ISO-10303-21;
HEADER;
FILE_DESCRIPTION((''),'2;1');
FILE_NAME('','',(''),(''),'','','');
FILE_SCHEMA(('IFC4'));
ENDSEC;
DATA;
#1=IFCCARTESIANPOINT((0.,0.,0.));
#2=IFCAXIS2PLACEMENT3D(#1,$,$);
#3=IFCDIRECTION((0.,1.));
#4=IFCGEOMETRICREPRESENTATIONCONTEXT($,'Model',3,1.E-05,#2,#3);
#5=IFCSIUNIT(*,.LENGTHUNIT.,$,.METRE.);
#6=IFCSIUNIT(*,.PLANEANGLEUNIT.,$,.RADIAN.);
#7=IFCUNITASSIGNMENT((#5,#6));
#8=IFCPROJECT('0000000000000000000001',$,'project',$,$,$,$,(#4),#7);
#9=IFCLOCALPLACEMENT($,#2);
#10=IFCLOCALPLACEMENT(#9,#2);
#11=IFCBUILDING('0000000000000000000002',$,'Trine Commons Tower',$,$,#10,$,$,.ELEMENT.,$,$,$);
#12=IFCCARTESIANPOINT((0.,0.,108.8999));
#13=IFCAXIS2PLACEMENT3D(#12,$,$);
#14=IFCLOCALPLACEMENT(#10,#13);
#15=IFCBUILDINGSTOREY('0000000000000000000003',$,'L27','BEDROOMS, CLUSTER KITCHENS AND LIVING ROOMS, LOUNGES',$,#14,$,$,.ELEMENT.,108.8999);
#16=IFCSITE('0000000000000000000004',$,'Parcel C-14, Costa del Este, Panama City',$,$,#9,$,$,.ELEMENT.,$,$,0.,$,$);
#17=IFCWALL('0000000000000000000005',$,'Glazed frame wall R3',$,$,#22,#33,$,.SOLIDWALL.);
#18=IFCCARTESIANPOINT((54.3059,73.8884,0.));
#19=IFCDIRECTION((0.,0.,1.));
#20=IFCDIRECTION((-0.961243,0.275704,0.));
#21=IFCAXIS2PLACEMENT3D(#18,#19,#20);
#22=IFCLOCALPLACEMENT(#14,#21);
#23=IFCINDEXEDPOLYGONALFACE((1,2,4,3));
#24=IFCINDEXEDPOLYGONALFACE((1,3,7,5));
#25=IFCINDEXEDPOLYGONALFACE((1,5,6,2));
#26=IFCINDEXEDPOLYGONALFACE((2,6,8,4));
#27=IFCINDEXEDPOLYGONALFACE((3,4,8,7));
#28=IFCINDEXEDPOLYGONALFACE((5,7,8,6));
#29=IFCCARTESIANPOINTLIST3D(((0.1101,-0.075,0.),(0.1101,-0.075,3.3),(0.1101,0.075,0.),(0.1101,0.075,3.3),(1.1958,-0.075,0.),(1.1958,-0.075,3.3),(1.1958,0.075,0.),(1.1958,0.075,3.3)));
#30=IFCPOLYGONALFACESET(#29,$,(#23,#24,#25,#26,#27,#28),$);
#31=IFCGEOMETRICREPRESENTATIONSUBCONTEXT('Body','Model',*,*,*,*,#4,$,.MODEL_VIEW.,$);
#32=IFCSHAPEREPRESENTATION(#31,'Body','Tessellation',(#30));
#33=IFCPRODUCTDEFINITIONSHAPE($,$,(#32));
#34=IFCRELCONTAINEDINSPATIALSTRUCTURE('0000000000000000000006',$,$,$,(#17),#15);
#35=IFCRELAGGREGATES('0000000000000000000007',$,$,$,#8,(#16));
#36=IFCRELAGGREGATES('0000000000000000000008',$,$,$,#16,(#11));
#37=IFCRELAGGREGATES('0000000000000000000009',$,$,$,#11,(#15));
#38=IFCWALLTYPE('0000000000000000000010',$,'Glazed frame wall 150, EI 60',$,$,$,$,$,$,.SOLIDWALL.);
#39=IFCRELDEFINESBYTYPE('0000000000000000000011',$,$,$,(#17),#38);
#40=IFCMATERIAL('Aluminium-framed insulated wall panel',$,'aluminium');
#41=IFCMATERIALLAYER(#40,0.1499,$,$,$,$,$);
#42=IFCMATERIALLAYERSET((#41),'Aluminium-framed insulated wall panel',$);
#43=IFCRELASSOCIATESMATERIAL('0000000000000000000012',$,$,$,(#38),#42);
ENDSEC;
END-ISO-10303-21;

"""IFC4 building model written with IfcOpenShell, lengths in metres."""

from ifc_helpers import new_model, si_unit, direction, frame, origin, place, context, subcontext, project, spatial, polyline, outline, extrude, material, layer, layer_set, type_object, element, save


model = new_model("IFC4")

# Units and contexts
model_context = context("Model", 3, precision=1e-05, world=origin(), true_north=direction((0.0, 1.0)))
body_context = subcontext(model_context, "Body", "Model", "MODEL_VIEW")
ifc_project = project(units=[si_unit("LENGTHUNIT", "METRE"), si_unit("PLANEANGLEUNIT", "RADIAN")], contexts=[model_context])

# Site, building, storey
site_placement = place(None, origin())
site = spatial("IfcSite", under=ifc_project, at=site_placement, Name="Parcel C-14, Costa del Este, Panama City", CompositionType="ELEMENT", RefElevation=0.0)
building_placement = place(site_placement, origin())
building = spatial("IfcBuilding", under=site, at=building_placement, Name="Trine Commons Tower", CompositionType="ELEMENT")
storey_placement = place(building_placement, frame((0.0, 0.0, 108.8999)))
storey = spatial("IfcBuildingStorey", under=building, at=storey_placement, Name="L27", Description="BEDROOMS, CLUSTER KITCHENS AND LIVING ROOMS, LOUNGES", CompositionType="ELEMENT", Elevation=108.8999)

# Shared definitions
ifc_material_1 = material(Name="Aluminium-framed insulated wall panel", Category="aluminium")
ifc_layer_1 = layer(ifc_material_1, 0.1499)
ifc_layer_set_1 = layer_set([ifc_layer_1], Name="Aluminium-framed insulated wall panel")
wall_type_1 = type_object("IfcWallType", Name="Glazed frame wall 150, EI 60", PredefinedType="SOLIDWALL", material=ifc_layer_set_1)

# Wall
wall_1_placement = place(storey_placement, frame((54.3059, 73.8884, 0.0), z_axis=(0.0, 0.0, 1.0), x_axis=(-0.961243, 0.275704, 0.0)))
element("IfcWall", 1, at=wall_1_placement, inside=storey, type_object=wall_type_1, Name="Glazed frame wall R3", PredefinedType="SOLIDWALL", context=body_context, shape_type="SweptSolid", body=[
    extrude(outline(polyline([(0.1101, 0.075), (0.1101, -0.075), (1.1958, -0.075), (1.1958, 0.075), (0.1101, 0.075)])), origin(), (0.0, 0.0, 1.0), 3.3),
])

save(model, "model.ifc")
